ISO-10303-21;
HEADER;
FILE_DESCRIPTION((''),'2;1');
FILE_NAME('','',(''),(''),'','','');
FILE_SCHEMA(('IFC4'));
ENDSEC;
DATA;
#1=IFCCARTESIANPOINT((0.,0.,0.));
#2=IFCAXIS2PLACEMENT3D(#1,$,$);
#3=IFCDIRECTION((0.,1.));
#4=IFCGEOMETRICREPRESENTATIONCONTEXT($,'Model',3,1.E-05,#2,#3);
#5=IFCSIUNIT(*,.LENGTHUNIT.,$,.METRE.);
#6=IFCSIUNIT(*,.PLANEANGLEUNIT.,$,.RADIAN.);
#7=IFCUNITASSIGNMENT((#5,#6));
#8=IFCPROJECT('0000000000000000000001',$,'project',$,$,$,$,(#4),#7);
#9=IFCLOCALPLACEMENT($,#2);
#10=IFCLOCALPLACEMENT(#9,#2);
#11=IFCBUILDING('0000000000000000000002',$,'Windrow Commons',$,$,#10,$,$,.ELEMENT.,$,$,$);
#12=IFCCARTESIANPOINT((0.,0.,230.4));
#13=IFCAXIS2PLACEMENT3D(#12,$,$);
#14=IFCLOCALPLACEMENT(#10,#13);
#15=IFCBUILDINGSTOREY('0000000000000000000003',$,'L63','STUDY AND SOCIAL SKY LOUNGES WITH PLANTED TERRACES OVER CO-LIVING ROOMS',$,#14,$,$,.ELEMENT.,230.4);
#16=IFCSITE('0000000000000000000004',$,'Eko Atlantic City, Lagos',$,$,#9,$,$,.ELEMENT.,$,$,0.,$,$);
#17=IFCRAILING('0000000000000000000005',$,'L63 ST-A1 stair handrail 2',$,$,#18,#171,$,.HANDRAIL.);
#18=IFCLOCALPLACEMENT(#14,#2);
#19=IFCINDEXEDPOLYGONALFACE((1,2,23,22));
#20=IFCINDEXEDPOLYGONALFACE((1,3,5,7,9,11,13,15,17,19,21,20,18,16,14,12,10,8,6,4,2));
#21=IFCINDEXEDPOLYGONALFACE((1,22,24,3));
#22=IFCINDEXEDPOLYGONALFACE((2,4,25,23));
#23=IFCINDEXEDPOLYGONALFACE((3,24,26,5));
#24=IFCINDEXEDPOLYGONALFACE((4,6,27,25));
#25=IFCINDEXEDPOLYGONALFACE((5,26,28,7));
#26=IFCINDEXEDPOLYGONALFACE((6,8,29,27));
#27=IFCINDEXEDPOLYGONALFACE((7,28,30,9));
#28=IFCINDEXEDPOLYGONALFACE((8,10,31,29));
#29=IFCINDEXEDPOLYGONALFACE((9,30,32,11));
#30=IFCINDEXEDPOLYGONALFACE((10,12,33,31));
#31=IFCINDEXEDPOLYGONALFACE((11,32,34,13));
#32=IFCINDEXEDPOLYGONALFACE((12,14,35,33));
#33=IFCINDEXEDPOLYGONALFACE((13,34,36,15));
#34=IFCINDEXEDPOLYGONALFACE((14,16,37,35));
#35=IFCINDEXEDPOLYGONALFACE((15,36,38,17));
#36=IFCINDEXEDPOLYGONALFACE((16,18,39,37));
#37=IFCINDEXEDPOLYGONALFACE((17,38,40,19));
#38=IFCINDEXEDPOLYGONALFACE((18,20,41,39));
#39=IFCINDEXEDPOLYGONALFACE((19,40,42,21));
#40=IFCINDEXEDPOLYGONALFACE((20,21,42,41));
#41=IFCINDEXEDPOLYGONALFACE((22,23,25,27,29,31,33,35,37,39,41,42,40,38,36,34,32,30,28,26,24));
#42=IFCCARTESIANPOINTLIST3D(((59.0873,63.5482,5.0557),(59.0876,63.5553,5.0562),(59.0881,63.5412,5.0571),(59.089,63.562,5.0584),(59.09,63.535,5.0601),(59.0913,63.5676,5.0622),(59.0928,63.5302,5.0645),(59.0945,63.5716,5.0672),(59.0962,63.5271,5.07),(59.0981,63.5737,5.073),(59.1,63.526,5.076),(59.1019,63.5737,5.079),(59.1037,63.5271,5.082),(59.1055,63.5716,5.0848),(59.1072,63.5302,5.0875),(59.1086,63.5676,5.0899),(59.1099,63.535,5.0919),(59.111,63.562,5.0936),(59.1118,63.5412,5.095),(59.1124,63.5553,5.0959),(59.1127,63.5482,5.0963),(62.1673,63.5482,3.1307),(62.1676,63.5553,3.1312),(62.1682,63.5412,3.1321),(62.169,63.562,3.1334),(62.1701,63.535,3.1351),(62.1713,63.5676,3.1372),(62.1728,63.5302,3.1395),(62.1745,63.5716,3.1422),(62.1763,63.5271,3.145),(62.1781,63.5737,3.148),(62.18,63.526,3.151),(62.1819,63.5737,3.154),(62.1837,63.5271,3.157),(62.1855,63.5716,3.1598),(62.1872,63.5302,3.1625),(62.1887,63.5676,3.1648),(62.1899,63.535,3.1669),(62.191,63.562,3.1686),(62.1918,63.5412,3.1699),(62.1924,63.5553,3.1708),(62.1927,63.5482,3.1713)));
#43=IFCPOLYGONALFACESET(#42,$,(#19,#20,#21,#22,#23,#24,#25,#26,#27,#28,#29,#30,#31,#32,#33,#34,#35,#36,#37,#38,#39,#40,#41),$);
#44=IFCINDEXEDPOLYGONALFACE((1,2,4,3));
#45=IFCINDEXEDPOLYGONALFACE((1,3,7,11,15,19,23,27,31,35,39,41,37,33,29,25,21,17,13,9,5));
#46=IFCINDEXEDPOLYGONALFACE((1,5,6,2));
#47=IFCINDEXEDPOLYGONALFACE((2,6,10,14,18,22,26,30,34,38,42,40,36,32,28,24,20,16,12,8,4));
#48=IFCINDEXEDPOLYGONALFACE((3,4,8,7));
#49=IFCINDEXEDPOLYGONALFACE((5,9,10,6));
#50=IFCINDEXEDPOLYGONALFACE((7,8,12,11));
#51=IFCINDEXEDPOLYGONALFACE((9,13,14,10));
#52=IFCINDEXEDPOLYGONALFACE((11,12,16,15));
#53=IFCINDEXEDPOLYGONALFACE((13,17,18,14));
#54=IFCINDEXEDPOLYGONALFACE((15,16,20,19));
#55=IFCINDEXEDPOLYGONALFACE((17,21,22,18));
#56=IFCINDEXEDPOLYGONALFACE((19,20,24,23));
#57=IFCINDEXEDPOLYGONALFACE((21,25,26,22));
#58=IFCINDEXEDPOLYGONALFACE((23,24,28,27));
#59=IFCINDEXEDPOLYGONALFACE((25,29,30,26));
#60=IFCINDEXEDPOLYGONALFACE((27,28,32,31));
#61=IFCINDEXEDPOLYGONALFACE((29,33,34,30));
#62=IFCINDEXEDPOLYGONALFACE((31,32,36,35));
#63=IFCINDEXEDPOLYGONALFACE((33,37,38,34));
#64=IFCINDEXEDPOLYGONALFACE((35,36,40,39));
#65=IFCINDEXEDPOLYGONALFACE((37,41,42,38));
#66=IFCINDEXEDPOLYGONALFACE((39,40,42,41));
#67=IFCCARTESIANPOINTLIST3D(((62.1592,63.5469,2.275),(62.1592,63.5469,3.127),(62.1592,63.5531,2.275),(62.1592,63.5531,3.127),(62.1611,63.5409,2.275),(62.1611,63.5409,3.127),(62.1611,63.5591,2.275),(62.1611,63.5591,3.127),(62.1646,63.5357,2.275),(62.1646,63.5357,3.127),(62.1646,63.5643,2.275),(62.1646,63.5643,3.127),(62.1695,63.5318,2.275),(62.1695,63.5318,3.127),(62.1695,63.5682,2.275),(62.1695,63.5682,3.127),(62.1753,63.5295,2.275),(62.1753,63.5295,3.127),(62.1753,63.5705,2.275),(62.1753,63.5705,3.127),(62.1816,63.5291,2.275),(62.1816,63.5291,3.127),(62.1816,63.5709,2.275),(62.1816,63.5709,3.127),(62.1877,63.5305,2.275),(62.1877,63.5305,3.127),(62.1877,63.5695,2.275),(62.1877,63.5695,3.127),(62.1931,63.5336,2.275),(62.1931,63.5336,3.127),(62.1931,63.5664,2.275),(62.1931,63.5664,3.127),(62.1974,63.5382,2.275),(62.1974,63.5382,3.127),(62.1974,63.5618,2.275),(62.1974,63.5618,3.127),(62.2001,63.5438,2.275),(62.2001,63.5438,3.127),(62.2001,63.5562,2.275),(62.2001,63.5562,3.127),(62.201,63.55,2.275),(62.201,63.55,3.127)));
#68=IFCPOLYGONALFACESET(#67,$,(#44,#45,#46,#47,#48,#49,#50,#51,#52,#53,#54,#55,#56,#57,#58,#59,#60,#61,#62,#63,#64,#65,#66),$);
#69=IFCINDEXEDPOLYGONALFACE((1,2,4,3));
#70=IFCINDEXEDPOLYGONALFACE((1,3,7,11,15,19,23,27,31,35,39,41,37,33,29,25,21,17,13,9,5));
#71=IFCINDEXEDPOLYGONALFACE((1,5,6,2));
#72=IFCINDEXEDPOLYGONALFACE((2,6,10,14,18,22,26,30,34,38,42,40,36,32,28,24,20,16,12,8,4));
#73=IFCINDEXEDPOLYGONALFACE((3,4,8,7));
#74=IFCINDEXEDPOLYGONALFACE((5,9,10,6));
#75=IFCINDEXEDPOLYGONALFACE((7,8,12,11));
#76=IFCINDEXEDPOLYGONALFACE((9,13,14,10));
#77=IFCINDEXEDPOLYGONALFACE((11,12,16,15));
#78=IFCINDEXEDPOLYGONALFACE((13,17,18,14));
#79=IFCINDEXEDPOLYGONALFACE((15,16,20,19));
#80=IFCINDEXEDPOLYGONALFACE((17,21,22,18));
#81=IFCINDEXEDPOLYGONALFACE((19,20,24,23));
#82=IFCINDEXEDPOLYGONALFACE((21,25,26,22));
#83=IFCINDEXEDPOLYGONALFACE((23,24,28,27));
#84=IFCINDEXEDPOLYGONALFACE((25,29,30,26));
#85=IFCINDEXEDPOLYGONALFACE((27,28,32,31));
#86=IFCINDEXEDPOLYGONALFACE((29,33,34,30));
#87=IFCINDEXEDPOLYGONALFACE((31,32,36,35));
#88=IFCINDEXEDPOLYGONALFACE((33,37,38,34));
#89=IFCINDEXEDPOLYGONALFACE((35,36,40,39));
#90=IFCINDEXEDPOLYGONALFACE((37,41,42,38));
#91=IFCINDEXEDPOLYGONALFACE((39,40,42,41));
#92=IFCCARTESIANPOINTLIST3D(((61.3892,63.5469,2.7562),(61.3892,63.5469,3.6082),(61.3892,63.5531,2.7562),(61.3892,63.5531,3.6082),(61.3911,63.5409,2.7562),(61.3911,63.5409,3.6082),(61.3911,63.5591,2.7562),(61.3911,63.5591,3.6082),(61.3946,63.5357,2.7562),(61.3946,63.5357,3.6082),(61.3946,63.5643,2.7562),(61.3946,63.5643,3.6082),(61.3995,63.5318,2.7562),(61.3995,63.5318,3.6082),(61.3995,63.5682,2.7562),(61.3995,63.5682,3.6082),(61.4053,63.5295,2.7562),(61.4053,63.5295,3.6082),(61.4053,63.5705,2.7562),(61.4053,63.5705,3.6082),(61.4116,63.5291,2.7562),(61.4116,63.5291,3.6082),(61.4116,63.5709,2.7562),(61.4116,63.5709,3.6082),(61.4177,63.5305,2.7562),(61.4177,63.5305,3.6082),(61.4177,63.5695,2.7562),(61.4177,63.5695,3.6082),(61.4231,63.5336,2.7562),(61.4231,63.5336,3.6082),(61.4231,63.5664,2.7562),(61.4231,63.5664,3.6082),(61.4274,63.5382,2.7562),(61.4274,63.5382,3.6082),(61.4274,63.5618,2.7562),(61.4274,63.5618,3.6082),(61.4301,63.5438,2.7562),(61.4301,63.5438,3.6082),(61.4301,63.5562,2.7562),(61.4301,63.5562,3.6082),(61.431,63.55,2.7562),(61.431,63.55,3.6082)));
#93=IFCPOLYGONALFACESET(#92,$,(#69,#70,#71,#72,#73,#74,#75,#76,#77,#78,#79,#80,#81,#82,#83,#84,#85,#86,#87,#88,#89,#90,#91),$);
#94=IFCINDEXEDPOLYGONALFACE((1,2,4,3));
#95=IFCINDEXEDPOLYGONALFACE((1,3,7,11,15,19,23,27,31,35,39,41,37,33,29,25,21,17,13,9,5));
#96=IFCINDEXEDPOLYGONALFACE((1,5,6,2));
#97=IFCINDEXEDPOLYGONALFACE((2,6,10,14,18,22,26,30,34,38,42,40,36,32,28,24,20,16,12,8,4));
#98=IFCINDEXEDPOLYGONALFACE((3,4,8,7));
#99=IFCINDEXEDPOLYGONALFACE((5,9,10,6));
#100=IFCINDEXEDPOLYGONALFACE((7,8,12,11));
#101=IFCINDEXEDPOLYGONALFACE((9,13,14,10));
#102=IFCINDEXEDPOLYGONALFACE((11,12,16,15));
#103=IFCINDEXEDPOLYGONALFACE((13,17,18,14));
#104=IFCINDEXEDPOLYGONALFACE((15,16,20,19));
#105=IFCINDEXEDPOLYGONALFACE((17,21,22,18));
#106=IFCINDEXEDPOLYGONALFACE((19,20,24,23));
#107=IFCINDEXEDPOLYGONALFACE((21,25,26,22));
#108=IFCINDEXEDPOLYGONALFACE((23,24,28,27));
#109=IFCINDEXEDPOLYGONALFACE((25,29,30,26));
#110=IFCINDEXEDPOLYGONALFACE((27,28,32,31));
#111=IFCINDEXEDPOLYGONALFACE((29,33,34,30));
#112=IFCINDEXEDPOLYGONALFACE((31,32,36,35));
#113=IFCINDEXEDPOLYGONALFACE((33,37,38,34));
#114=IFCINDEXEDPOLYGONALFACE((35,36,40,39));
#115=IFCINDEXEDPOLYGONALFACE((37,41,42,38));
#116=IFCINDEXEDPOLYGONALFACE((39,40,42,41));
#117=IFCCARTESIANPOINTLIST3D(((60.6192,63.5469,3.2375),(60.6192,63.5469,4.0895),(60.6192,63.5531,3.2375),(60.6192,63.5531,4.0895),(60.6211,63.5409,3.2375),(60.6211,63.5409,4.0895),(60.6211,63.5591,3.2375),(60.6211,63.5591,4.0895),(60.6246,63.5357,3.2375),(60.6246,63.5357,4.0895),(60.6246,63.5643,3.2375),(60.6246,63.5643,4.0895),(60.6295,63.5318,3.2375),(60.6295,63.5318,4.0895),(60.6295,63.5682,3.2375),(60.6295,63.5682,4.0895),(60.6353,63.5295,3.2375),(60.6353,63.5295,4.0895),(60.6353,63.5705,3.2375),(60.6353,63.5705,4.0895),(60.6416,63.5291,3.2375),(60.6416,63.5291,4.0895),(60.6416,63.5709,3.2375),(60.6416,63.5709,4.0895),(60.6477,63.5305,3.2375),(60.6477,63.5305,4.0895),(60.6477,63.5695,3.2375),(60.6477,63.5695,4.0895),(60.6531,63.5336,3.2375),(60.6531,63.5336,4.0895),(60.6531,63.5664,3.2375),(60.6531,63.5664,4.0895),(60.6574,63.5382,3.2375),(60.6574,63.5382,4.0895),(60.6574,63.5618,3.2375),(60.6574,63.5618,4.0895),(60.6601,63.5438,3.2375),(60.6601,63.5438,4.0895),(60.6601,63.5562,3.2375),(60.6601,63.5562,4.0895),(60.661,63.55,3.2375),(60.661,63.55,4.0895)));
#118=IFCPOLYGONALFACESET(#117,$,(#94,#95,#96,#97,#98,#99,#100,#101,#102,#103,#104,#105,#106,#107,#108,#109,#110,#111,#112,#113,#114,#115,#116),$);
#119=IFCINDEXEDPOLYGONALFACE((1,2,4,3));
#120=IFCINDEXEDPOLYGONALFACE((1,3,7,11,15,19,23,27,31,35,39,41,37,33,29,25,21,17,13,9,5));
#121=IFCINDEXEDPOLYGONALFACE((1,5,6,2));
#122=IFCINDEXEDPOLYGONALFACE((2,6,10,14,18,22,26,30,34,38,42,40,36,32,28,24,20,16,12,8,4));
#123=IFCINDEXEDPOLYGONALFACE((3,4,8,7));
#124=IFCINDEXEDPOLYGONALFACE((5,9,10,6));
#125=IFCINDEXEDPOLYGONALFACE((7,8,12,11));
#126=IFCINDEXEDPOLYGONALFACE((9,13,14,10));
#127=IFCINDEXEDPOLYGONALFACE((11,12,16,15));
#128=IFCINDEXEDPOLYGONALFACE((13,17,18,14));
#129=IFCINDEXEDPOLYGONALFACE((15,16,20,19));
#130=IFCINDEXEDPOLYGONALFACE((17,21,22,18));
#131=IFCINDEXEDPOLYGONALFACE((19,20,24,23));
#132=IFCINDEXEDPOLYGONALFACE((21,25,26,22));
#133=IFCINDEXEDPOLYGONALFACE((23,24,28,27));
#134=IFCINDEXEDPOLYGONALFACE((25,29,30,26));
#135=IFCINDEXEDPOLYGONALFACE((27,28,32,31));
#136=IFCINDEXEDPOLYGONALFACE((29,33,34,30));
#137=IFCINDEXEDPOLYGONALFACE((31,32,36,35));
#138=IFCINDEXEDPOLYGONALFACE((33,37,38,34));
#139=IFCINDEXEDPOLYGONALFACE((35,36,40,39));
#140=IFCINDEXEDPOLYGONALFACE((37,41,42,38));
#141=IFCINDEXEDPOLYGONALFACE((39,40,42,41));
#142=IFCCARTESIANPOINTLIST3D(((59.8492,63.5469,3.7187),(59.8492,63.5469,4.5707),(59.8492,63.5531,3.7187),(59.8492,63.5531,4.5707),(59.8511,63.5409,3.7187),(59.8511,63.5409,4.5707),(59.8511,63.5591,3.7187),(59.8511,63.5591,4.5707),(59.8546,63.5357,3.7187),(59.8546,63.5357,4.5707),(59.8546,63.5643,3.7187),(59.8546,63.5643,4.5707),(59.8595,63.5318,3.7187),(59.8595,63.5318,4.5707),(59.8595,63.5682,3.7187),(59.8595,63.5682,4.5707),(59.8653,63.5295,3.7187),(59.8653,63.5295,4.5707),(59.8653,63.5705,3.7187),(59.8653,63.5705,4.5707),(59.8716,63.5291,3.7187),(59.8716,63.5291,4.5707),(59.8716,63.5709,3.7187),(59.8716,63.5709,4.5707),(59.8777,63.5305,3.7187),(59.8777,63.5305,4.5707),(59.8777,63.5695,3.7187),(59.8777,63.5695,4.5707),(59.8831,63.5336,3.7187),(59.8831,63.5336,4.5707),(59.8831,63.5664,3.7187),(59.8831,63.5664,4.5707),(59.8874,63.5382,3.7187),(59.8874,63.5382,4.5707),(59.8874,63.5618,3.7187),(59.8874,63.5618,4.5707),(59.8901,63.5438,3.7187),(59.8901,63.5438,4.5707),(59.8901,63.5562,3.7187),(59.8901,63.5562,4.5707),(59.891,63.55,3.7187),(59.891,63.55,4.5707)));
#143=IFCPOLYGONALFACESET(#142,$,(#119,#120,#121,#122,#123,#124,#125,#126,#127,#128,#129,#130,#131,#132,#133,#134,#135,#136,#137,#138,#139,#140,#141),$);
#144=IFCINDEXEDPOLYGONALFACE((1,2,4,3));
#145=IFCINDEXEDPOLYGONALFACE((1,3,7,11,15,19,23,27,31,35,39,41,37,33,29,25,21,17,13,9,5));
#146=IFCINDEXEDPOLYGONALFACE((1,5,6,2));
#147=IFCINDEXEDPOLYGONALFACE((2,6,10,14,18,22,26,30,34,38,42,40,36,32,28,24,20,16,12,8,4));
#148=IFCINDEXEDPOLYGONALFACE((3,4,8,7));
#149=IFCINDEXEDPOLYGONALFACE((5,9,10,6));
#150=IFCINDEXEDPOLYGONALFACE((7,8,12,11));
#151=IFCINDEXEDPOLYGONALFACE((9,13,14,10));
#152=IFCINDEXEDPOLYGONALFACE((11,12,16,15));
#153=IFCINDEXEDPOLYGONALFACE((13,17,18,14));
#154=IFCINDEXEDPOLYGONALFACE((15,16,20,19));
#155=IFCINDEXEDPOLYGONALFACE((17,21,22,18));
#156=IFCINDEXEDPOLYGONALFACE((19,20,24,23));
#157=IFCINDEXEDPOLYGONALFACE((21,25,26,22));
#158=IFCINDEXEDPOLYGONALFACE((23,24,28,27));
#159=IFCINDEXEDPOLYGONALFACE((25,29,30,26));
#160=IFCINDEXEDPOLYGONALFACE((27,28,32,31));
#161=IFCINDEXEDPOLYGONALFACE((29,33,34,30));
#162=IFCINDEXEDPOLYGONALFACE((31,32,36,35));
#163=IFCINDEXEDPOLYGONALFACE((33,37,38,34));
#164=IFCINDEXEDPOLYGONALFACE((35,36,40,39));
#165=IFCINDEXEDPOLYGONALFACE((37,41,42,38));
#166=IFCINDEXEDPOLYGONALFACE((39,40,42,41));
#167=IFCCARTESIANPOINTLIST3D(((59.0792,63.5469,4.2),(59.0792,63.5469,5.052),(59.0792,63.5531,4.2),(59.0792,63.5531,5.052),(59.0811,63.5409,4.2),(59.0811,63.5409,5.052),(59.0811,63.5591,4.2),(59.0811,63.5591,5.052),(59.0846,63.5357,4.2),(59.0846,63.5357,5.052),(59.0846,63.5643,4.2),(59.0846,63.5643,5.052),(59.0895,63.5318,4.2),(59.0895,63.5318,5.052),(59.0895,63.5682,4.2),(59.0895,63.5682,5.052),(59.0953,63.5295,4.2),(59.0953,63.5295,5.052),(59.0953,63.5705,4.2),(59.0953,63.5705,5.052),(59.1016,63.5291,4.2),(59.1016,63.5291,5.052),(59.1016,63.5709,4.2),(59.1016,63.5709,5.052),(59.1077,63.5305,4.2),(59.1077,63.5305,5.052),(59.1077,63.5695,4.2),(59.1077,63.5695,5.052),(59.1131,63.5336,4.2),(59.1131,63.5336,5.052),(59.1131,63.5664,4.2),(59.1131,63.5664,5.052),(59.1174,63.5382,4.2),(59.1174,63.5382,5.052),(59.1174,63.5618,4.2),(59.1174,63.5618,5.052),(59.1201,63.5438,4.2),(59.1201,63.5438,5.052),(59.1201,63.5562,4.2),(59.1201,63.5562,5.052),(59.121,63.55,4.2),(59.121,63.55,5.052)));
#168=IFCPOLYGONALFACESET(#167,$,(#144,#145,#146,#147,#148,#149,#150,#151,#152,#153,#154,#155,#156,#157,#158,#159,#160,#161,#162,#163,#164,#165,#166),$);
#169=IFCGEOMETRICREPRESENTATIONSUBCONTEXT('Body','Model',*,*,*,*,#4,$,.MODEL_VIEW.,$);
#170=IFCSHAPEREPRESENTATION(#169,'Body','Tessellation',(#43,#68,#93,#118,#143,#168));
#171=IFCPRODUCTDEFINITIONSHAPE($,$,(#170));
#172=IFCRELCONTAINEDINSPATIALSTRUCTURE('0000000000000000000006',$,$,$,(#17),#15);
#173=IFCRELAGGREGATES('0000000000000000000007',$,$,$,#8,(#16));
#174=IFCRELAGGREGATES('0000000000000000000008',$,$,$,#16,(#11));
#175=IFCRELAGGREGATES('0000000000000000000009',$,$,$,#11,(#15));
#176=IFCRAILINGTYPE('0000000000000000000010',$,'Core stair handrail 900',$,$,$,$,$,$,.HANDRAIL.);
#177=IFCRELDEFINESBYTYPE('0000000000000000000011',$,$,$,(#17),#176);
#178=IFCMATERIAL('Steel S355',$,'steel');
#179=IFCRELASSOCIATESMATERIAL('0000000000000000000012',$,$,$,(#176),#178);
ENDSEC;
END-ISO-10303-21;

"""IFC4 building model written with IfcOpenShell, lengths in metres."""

from ifc_helpers import new_model, si_unit, direction, frame, origin, origin_2d, place, context, subcontext, project, spatial, circle, extrude, material, type_object, element, save


model = new_model("IFC4")

# Units and contexts
model_context = context("Model", 3, precision=1e-05, world=origin(), true_north=direction((0.0, 1.0)))
body_context = subcontext(model_context, "Body", "Model", "MODEL_VIEW")
ifc_project = project(units=[si_unit("LENGTHUNIT", "METRE"), si_unit("PLANEANGLEUNIT", "RADIAN")], contexts=[model_context])

# Site, building, storey
site_placement = place(None, origin())
site = spatial("IfcSite", under=ifc_project, at=site_placement, Name="Eko Atlantic City, Lagos", CompositionType="ELEMENT", RefElevation=0.0)
building_placement = place(site_placement, origin())
building = spatial("IfcBuilding", under=site, at=building_placement, Name="Windrow Commons", CompositionType="ELEMENT")
storey_placement = place(building_placement, frame((0.0, 0.0, 230.4)))
storey = spatial("IfcBuildingStorey", under=building, at=storey_placement, Name="L63", Description="STUDY AND SOCIAL SKY LOUNGES WITH PLANTED TERRACES OVER CO-LIVING ROOMS", CompositionType="ELEMENT", Elevation=230.4)

# Railing
ifc_material_1 = material(Name="Steel S355", Category="steel")
railing_type_1 = type_object("IfcRailingType", Name="Core stair handrail 900", PredefinedType="HANDRAIL", material=ifc_material_1)
railing_1_placement = place(storey_placement, frame((62.18, 63.55, 2.275)))
element("IfcRailing", 1, at=railing_1_placement, inside=storey, type_object=railing_type_1, Name="L63 ST-A1 stair handrail 2", PredefinedType="HANDRAIL", context=body_context, shape_type="SweptSolid", body=[
    extrude(circle(Radius=0.024, at=origin_2d()), frame((0.0, 0.0, 0.876), z_axis=(-0.847998, 0.0, 0.529999), x_axis=(0.0, -1.0, 0.0)), (0.0, 0.0, 1.0), 3.6321),
    extrude(circle(Radius=0.021, at=origin_2d()), origin(), (0.0, 0.0, 1.0), 0.852),
    extrude(circle(Radius=0.021, at=origin_2d()), frame((-0.77, 0.0, 0.4812)), (0.0, 0.0, 1.0), 0.852),
    extrude(circle(Radius=0.021, at=origin_2d()), frame((-1.54, 0.0, 0.9625)), (0.0, 0.0, 1.0), 0.852),
    extrude(circle(Radius=0.021, at=origin_2d()), frame((-2.31, 0.0, 1.4437)), (0.0, 0.0, 1.0), 0.852),
    extrude(circle(Radius=0.021, at=origin_2d()), frame((-3.08, 0.0, 1.925)), (0.0, 0.0, 1.0), 0.852),
])

save(model, "model.ifc")
